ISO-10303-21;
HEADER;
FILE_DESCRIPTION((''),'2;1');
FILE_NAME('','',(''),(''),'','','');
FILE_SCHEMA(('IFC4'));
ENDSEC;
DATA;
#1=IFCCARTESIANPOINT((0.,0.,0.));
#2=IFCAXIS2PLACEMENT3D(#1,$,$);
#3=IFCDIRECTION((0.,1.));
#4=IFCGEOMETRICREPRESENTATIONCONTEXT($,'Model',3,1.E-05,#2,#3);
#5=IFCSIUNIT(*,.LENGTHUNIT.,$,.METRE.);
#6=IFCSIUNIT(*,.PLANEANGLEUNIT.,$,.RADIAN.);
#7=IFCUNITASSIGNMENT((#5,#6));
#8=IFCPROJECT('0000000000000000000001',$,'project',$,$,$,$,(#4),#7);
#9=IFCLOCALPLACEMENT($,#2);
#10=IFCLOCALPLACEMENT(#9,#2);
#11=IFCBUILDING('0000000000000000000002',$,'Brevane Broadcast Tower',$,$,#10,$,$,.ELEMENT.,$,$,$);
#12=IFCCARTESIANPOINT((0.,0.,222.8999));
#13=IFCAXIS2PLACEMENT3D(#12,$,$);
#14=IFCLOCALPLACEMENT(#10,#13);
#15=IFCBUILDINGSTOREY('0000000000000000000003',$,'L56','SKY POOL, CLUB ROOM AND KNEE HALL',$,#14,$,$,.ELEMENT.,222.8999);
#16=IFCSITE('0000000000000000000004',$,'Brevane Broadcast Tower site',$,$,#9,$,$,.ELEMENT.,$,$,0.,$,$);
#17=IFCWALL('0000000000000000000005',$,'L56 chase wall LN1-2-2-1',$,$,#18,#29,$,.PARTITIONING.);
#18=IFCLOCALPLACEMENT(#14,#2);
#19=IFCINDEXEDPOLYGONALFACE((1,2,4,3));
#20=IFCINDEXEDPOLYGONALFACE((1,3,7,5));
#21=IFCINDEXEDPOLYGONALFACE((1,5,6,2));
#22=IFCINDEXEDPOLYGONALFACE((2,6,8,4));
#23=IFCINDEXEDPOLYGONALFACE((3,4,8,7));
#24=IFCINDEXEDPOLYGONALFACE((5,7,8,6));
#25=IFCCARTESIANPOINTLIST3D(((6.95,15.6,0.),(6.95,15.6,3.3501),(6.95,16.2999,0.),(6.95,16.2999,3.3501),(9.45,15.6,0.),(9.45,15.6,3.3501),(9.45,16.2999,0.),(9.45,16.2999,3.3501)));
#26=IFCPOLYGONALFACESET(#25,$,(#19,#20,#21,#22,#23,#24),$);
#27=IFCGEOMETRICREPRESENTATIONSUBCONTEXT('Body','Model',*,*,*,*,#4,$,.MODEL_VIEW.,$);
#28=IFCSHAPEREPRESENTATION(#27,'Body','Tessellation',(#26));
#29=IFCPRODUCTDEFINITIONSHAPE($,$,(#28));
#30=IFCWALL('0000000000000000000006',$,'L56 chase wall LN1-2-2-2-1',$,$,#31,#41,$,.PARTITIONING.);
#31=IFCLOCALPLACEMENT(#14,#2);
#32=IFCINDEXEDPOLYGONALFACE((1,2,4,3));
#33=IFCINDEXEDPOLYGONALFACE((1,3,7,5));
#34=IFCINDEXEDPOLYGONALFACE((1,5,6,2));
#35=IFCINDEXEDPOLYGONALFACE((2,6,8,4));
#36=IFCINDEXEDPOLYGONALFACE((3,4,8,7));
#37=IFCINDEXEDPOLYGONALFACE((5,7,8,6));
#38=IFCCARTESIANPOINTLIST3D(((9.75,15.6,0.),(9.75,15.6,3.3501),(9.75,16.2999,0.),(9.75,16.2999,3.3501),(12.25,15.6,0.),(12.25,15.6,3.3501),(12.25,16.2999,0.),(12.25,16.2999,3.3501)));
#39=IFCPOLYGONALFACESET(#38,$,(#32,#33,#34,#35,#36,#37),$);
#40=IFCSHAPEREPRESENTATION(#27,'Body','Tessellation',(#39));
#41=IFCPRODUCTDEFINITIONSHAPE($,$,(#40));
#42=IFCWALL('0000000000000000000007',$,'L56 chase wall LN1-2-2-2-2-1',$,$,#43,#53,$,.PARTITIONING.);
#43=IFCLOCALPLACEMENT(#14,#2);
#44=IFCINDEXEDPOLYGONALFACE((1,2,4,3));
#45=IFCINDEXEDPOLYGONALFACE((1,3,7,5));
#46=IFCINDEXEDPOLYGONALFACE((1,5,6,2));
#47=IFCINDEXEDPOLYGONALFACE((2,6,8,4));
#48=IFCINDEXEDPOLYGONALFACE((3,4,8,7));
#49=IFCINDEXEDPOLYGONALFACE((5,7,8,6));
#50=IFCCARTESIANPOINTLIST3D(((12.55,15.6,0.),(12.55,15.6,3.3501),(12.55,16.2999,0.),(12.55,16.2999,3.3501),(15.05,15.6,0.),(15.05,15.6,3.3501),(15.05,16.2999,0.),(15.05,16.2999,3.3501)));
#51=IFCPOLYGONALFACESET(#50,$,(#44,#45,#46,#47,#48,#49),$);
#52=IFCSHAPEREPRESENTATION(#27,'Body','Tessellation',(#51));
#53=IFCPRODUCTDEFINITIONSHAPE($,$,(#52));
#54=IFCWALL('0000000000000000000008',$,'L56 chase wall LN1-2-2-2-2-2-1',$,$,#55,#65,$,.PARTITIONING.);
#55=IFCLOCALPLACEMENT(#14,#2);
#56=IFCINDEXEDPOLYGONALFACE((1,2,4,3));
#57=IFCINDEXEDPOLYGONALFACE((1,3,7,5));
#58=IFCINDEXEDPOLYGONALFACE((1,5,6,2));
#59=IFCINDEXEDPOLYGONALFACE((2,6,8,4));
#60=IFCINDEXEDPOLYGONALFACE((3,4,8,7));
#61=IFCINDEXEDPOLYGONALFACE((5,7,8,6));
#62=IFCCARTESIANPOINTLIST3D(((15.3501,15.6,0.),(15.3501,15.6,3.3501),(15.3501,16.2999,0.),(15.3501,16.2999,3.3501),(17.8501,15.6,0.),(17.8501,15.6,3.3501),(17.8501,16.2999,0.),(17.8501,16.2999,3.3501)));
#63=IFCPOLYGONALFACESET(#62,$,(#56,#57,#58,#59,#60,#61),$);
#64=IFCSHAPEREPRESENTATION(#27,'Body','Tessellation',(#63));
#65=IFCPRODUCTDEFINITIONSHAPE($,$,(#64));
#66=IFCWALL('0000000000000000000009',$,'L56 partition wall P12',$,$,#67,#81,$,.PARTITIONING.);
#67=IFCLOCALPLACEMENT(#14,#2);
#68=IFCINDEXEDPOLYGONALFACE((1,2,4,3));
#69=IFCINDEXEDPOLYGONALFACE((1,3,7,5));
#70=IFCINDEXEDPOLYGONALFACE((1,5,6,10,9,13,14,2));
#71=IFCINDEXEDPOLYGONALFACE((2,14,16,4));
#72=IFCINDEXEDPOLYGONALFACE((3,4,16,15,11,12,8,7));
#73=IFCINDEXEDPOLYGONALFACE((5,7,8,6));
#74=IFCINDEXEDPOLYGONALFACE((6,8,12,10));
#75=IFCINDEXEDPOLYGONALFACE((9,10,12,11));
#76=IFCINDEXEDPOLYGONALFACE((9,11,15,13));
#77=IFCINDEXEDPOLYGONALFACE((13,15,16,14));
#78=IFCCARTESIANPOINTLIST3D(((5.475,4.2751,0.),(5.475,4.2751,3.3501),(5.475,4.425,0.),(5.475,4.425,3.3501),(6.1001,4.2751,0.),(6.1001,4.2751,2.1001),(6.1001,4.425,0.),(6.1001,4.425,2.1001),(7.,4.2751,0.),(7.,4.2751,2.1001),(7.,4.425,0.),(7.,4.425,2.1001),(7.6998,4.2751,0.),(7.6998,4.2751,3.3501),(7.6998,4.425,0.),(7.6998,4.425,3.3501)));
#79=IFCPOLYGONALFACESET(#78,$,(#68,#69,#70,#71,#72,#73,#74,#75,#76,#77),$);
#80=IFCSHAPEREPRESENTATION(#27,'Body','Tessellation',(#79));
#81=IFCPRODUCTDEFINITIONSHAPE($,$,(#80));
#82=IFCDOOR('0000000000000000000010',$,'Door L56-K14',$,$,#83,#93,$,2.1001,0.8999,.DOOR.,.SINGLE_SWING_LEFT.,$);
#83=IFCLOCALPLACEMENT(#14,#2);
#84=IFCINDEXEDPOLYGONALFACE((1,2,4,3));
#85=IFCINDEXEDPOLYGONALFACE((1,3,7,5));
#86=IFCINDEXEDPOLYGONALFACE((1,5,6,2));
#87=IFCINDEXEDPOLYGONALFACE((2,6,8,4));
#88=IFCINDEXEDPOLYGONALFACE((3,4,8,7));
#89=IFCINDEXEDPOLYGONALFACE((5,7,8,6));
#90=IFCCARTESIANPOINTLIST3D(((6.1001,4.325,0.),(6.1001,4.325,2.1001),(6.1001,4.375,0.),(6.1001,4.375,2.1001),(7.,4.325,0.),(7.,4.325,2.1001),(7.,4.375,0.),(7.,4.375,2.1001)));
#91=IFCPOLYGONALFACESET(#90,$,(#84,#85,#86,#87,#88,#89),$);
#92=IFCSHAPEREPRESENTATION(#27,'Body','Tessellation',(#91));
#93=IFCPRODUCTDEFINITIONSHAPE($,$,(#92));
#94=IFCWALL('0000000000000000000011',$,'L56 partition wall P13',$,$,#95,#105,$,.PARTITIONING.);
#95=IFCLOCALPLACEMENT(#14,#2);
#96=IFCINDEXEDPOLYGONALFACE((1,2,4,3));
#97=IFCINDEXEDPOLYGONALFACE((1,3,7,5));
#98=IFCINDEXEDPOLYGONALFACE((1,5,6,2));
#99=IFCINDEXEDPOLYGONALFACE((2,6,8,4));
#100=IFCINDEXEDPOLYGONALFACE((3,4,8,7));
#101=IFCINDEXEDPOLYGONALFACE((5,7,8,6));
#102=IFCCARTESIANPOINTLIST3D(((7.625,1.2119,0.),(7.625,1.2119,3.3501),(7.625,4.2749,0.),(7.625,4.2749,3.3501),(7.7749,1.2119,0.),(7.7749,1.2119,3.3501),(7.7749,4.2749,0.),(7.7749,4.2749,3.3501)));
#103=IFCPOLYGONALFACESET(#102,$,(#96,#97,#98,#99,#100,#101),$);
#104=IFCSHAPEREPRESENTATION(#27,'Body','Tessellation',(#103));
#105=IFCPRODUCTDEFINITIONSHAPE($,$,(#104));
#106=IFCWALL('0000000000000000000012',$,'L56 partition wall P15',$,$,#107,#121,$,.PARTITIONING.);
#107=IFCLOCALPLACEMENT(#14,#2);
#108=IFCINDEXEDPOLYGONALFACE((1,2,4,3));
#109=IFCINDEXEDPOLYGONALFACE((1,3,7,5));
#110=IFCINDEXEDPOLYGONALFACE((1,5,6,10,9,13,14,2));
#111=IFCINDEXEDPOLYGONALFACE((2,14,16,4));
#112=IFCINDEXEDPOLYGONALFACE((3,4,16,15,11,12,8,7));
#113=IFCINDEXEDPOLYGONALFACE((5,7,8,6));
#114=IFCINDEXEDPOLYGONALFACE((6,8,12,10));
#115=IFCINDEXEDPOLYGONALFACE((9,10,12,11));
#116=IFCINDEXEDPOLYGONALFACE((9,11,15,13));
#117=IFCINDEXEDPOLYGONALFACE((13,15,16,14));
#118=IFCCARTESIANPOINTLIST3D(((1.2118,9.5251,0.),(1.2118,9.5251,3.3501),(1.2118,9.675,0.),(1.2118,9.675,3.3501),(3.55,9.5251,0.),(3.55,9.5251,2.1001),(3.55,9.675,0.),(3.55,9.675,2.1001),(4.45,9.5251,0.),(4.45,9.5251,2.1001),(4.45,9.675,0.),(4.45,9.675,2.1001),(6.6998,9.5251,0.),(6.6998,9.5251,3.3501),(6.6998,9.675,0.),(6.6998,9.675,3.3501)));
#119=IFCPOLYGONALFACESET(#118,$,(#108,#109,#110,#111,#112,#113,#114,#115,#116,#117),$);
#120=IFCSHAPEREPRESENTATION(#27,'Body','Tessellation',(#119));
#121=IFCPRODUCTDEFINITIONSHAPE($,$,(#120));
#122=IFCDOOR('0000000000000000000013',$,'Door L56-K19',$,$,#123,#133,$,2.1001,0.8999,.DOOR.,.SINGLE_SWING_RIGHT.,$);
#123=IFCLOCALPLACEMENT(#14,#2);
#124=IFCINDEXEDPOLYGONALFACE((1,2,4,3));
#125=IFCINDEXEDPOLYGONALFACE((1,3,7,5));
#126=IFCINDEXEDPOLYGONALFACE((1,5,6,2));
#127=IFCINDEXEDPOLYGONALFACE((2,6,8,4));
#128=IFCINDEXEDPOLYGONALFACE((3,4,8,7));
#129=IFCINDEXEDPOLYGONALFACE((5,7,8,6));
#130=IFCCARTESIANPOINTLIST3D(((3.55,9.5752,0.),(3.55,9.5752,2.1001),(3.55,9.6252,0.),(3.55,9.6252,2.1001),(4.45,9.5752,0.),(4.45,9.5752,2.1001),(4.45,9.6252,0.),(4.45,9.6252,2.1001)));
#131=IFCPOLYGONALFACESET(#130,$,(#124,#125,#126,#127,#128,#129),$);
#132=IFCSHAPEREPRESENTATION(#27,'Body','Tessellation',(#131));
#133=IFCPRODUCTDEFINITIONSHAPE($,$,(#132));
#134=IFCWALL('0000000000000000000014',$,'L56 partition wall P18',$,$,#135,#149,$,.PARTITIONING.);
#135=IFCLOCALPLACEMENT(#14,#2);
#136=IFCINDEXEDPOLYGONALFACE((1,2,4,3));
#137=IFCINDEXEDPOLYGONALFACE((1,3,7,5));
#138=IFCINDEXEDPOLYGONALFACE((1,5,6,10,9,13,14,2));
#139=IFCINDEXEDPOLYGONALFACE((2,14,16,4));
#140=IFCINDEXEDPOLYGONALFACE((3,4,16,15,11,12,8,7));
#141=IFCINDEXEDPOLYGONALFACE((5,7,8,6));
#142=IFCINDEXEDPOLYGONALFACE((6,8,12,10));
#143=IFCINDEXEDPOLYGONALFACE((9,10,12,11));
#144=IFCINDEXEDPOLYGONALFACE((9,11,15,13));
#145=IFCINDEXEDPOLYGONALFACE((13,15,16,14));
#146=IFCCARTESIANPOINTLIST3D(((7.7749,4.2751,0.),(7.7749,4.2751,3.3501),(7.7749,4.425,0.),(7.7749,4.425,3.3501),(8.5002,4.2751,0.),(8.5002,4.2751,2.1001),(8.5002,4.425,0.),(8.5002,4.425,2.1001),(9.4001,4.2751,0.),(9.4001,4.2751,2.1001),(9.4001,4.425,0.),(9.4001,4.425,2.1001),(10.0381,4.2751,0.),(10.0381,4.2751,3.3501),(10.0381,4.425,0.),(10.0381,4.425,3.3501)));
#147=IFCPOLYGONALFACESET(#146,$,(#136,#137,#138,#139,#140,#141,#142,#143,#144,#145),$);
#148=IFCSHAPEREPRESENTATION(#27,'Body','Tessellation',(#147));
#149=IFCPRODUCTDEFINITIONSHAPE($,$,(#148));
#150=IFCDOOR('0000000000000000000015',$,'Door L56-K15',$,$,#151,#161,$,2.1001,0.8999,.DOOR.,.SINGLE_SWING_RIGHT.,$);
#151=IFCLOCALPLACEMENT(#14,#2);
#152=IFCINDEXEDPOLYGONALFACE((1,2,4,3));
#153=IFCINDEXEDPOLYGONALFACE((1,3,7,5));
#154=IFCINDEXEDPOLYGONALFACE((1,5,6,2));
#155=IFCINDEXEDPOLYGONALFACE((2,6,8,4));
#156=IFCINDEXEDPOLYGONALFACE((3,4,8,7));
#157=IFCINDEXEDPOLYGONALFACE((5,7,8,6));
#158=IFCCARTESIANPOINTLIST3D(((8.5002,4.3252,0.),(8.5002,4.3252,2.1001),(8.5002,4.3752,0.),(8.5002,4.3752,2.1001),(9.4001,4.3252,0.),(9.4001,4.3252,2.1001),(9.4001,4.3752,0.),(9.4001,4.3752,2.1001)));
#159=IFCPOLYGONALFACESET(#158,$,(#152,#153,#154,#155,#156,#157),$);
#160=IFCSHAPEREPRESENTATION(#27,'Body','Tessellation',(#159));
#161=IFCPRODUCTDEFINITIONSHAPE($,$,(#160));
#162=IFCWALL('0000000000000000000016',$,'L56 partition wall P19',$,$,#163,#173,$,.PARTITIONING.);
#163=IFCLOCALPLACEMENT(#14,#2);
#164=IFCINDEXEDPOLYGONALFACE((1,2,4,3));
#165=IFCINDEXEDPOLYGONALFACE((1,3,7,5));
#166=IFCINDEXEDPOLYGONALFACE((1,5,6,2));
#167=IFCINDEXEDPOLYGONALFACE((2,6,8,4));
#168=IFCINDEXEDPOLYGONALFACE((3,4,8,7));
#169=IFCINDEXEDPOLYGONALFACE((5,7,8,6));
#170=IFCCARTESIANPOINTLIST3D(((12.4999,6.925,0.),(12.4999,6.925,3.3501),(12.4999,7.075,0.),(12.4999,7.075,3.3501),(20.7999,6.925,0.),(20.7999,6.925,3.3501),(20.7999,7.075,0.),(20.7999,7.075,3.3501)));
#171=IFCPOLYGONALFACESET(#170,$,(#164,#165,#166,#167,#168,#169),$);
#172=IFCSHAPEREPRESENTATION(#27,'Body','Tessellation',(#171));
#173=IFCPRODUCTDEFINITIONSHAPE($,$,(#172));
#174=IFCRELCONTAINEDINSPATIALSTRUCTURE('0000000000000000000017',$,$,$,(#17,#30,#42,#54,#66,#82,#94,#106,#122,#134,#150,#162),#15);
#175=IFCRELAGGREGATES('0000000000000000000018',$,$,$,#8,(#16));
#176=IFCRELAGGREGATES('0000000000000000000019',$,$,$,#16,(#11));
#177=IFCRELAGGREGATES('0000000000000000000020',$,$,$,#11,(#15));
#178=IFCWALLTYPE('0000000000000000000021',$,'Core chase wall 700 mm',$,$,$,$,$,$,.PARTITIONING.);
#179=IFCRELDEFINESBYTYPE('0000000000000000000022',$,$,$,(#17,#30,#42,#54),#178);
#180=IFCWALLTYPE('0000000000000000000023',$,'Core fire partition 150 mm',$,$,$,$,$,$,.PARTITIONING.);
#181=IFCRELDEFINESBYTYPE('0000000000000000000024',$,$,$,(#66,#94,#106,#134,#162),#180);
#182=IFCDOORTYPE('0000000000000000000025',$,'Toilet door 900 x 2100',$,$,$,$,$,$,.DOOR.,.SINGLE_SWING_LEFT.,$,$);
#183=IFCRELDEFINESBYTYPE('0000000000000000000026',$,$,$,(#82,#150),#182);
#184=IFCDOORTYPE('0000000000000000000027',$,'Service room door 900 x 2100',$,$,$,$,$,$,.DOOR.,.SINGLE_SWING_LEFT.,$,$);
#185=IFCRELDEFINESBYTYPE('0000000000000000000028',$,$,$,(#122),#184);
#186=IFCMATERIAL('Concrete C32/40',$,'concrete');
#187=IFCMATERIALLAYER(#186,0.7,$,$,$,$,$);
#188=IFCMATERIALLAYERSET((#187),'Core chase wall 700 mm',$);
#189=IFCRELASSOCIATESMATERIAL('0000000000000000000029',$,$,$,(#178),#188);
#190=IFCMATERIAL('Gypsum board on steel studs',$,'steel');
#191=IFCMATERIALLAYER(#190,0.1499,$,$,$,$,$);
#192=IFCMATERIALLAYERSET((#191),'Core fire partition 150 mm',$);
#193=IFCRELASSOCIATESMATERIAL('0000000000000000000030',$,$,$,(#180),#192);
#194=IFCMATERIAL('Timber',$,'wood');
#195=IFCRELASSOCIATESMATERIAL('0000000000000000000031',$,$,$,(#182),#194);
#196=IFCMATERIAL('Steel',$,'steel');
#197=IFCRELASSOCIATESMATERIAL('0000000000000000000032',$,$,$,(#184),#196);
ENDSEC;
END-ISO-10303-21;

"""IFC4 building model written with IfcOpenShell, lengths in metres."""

from ifc_helpers import new_model, si_unit, direction, frame, frame_2d, origin, place, context, subcontext, project, spatial, rectangle, extrude, material, layer, layer_set, type_object, element, fill, save


model = new_model("IFC4")

# Units and contexts
model_context = context("Model", 3, precision=1e-05, world=origin(), true_north=direction((0.0, 1.0)))
body_context = subcontext(model_context, "Body", "Model", "MODEL_VIEW")
ifc_project = project(units=[si_unit("LENGTHUNIT", "METRE"), si_unit("PLANEANGLEUNIT", "RADIAN")], contexts=[model_context])

# Site, building, storey
site_placement = place(None, origin())
site = spatial("IfcSite", under=ifc_project, at=site_placement, Name="Brevane Broadcast Tower site", CompositionType="ELEMENT", RefElevation=0.0)
building_placement = place(site_placement, origin())
building = spatial("IfcBuilding", under=site, at=building_placement, Name="Brevane Broadcast Tower", CompositionType="ELEMENT")
storey_placement = place(building_placement, frame((0.0, 0.0, 222.8999)))
storey = spatial("IfcBuildingStorey", under=building, at=storey_placement, Name="L56", Description="SKY POOL, CLUB ROOM AND KNEE HALL", CompositionType="ELEMENT", Elevation=222.8999)

# Walls
ifc_material_1 = material(Name="Concrete C32/40", Category="concrete")
ifc_layer_1 = layer(ifc_material_1, 0.7)
ifc_layer_set_1 = layer_set([ifc_layer_1], Name="Core chase wall 700 mm")
wall_type_1 = type_object("IfcWallType", Name="Core chase wall 700 mm", PredefinedType="PARTITIONING", material=ifc_layer_set_1)
for number, where, z_axis, x_axis, name in (
    (1, (6.95, 15.95, 0.0), (0.0, 0.0, 1.0), (1.0, 0.0, 0.0), "L56 chase wall LN1-2-2-1"),
    (2, (9.75, 15.95, 0.0), (0.0, 0.0, 1.0), (1.0, 0.0, 0.0), "L56 chase wall LN1-2-2-2-1"),
    (3, (12.55, 15.95, 0.0), (0.0, 0.0, 1.0), (1.0, 0.0, 0.0), "L56 chase wall LN1-2-2-2-2-1"),
    (4, (15.3501, 15.95, 0.0), (0.0, 0.0, 1.0), (1.0, 0.0, 0.0), "L56 chase wall LN1-2-2-2-2-2-1"),
):
    element("IfcWall", number, at=place(storey_placement, frame(where, z_axis=z_axis, x_axis=x_axis)), inside=storey, type_object=wall_type_1, Name=name, PredefinedType="PARTITIONING", context=body_context, shape_type="SweptSolid", body=[
        extrude(rectangle(XDim=2.5, YDim=0.7, at=frame_2d((1.25, 0.0))), origin(), (0.0, 0.0, 1.0), 3.3501),
    ])

# Wall, opening, door
ifc_material_2 = material(Name="Gypsum board on steel studs", Category="steel")
ifc_layer_2 = layer(ifc_material_2, 0.1499)
ifc_layer_set_2 = layer_set([ifc_layer_2], Name="Core fire partition 150 mm")
wall_type_2 = type_object("IfcWallType", Name="Core fire partition 150 mm", PredefinedType="PARTITIONING", material=ifc_layer_set_2)
wall_1_placement = place(storey_placement, frame((5.4751, 4.3501, 0.0), z_axis=(0.0, 0.0, 1.0), x_axis=(1.0, 0.0, 0.0)))
wall_1 = element("IfcWall", 5, at=wall_1_placement, inside=storey, type_object=wall_type_2, Name="L56 partition wall P12", PredefinedType="PARTITIONING", context=body_context, shape_type="SweptSolid", body=[
    extrude(rectangle(XDim=2.2249, YDim=0.1499, at=frame_2d((1.1123, 0.0))), origin(), (0.0, 0.0, 1.0), 3.3501),
])
opening_1_placement = place(wall_1_placement, frame((0.625, 0.0, 0.0)))
opening_1 = element("IfcOpeningElement", 6, at=opening_1_placement, cuts=wall_1, PredefinedType="OPENING", context=body_context, shape_type="SweptSolid", body=[
    extrude(rectangle(XDim=0.8999, YDim=2.1001, at=frame_2d((0.45, 1.05))), frame((0.0, 0.085, 0.0), z_axis=(0.0, -1.0, 0.0), x_axis=(1.0, 0.0, 0.0)), (0.0, 0.0, 1.0), 0.1699),
])
ifc_material_3 = material(Name="Timber", Category="wood")
door_type_1 = type_object("IfcDoorType", Name="Toilet door 900 x 2100", OperationType="SINGLE_SWING_LEFT", PredefinedType="DOOR", material=ifc_material_3)
door_1_placement = place(opening_1_placement, origin())
door_1 = element("IfcDoor", 7, at=door_1_placement, inside=storey, type_object=door_type_1, Name="Door L56-K14", OperationType="SINGLE_SWING_LEFT", OverallHeight=2.1001, OverallWidth=0.8999, PredefinedType="DOOR", context=body_context, shape_type="SweptSolid", body=[
    extrude(rectangle(XDim=0.8999, YDim=2.1001, at=frame_2d((0.45, 1.05))), frame((0.0, 0.0249, 0.0), z_axis=(0.0, -1.0, 0.0), x_axis=(1.0, 0.0, 0.0)), (0.0, 0.0, 1.0), 0.05),
])
fill(opening_1, door_1)

# Wall
wall_2_placement = place(storey_placement, frame((7.7, 4.2749, 0.0), z_axis=(0.0, 0.0, 1.0), x_axis=(0.0, -1.0, 0.0)))
element("IfcWall", 8, at=wall_2_placement, inside=storey, type_object=wall_type_2, Name="L56 partition wall P13", PredefinedType="PARTITIONING", context=body_context, shape_type="SweptSolid", body=[
    extrude(rectangle(XDim=3.063, YDim=0.1499, at=frame_2d((1.5315, 0.0))), origin(), (0.0, 0.0, 1.0), 3.3501),
])

# Walls, openings, doors
wall_3_placement = place(storey_placement, frame((6.7, 9.6001, 0.0), z_axis=(0.0, 0.0, 1.0), x_axis=(-1.0, 0.0, 0.0)))
wall_3 = element("IfcWall", 9, at=wall_3_placement, inside=storey, type_object=wall_type_2, Name="L56 partition wall P15", PredefinedType="PARTITIONING", context=body_context, shape_type="SweptSolid", body=[
    extrude(rectangle(XDim=5.488, YDim=0.1499, at=frame_2d((2.7441, 0.0))), origin(), (0.0, 0.0, 1.0), 3.3501),
])
opening_2_placement = place(wall_3_placement, frame((2.25, 0.0, 0.0)))
opening_2 = element("IfcOpeningElement", 10, at=opening_2_placement, cuts=wall_3, PredefinedType="OPENING", context=body_context, shape_type="SweptSolid", body=[
    extrude(rectangle(XDim=0.8999, YDim=2.1001, at=frame_2d((0.45, 1.05))), frame((0.0, 0.085, 0.0), z_axis=(0.0, -1.0, 0.0), x_axis=(1.0, 0.0, 0.0)), (0.0, 0.0, 1.0), 0.1699),
])
ifc_material_4 = material(Name="Steel", Category="steel")
door_type_2 = type_object("IfcDoorType", Name="Service room door 900 x 2100", OperationType="SINGLE_SWING_LEFT", PredefinedType="DOOR", material=ifc_material_4)
door_2_placement = place(opening_2_placement, origin())
door_2 = element("IfcDoor", 11, at=door_2_placement, inside=storey, type_object=door_type_2, Name="Door L56-K19", OperationType="SINGLE_SWING_RIGHT", OverallHeight=2.1001, OverallWidth=0.8999, PredefinedType="DOOR", context=body_context, shape_type="SweptSolid", body=[
    extrude(rectangle(XDim=0.8999, YDim=2.1001, at=frame_2d((0.45, 1.05))), frame((0.0, 0.0249, 0.0), z_axis=(0.0, -1.0, 0.0), x_axis=(1.0, 0.0, 0.0)), (0.0, 0.0, 1.0), 0.05),
])
fill(opening_2, door_2)
wall_4_placement = place(storey_placement, frame((10.0381, 4.3501, 0.0), z_axis=(0.0, 0.0, 1.0), x_axis=(-1.0, 0.0, 0.0)))
wall_4 = element("IfcWall", 12, at=wall_4_placement, inside=storey, type_object=wall_type_2, Name="L56 partition wall P18", PredefinedType="PARTITIONING", context=body_context, shape_type="SweptSolid", body=[
    extrude(rectangle(XDim=2.2632, YDim=0.1499, at=frame_2d((1.1316, 0.0))), origin(), (0.0, 0.0, 1.0), 3.3501),
])
opening_3_placement = place(wall_4_placement, frame((0.6379, 0.0, 0.0)))
opening_3 = element("IfcOpeningElement", 13, at=opening_3_placement, cuts=wall_4, PredefinedType="OPENING", context=body_context, shape_type="SweptSolid", body=[
    extrude(rectangle(XDim=0.8999, YDim=2.1001, at=frame_2d((0.45, 1.05))), frame((0.0, 0.085, 0.0), z_axis=(0.0, -1.0, 0.0), x_axis=(1.0, 0.0, 0.0)), (0.0, 0.0, 1.0), 0.1699),
])
door_3_placement = place(opening_3_placement, origin())
door_3 = element("IfcDoor", 14, at=door_3_placement, inside=storey, type_object=door_type_1, Name="Door L56-K15", OperationType="SINGLE_SWING_RIGHT", OverallHeight=2.1001, OverallWidth=0.8999, PredefinedType="DOOR", context=body_context, shape_type="SweptSolid", body=[
    extrude(rectangle(XDim=0.8999, YDim=2.1001, at=frame_2d((0.45, 1.05))), frame((0.0, 0.0249, 0.0), z_axis=(0.0, -1.0, 0.0), x_axis=(1.0, 0.0, 0.0)), (0.0, 0.0, 1.0), 0.05),
])
fill(opening_3, door_3)

# Wall
wall_5_placement = place(storey_placement, frame((12.5, 7.0, 0.0), z_axis=(0.0, 0.0, 1.0), x_axis=(1.0, 0.0, 0.0)))
element("IfcWall", 15, at=wall_5_placement, inside=storey, type_object=wall_type_2, Name="L56 partition wall P19", PredefinedType="PARTITIONING", context=body_context, shape_type="SweptSolid", body=[
    extrude(rectangle(XDim=8.3, YDim=0.1499, at=frame_2d((4.1499, 0.0))), origin(), (0.0, 0.0, 1.0), 3.3501),
])

save(model, "model.ifc")
